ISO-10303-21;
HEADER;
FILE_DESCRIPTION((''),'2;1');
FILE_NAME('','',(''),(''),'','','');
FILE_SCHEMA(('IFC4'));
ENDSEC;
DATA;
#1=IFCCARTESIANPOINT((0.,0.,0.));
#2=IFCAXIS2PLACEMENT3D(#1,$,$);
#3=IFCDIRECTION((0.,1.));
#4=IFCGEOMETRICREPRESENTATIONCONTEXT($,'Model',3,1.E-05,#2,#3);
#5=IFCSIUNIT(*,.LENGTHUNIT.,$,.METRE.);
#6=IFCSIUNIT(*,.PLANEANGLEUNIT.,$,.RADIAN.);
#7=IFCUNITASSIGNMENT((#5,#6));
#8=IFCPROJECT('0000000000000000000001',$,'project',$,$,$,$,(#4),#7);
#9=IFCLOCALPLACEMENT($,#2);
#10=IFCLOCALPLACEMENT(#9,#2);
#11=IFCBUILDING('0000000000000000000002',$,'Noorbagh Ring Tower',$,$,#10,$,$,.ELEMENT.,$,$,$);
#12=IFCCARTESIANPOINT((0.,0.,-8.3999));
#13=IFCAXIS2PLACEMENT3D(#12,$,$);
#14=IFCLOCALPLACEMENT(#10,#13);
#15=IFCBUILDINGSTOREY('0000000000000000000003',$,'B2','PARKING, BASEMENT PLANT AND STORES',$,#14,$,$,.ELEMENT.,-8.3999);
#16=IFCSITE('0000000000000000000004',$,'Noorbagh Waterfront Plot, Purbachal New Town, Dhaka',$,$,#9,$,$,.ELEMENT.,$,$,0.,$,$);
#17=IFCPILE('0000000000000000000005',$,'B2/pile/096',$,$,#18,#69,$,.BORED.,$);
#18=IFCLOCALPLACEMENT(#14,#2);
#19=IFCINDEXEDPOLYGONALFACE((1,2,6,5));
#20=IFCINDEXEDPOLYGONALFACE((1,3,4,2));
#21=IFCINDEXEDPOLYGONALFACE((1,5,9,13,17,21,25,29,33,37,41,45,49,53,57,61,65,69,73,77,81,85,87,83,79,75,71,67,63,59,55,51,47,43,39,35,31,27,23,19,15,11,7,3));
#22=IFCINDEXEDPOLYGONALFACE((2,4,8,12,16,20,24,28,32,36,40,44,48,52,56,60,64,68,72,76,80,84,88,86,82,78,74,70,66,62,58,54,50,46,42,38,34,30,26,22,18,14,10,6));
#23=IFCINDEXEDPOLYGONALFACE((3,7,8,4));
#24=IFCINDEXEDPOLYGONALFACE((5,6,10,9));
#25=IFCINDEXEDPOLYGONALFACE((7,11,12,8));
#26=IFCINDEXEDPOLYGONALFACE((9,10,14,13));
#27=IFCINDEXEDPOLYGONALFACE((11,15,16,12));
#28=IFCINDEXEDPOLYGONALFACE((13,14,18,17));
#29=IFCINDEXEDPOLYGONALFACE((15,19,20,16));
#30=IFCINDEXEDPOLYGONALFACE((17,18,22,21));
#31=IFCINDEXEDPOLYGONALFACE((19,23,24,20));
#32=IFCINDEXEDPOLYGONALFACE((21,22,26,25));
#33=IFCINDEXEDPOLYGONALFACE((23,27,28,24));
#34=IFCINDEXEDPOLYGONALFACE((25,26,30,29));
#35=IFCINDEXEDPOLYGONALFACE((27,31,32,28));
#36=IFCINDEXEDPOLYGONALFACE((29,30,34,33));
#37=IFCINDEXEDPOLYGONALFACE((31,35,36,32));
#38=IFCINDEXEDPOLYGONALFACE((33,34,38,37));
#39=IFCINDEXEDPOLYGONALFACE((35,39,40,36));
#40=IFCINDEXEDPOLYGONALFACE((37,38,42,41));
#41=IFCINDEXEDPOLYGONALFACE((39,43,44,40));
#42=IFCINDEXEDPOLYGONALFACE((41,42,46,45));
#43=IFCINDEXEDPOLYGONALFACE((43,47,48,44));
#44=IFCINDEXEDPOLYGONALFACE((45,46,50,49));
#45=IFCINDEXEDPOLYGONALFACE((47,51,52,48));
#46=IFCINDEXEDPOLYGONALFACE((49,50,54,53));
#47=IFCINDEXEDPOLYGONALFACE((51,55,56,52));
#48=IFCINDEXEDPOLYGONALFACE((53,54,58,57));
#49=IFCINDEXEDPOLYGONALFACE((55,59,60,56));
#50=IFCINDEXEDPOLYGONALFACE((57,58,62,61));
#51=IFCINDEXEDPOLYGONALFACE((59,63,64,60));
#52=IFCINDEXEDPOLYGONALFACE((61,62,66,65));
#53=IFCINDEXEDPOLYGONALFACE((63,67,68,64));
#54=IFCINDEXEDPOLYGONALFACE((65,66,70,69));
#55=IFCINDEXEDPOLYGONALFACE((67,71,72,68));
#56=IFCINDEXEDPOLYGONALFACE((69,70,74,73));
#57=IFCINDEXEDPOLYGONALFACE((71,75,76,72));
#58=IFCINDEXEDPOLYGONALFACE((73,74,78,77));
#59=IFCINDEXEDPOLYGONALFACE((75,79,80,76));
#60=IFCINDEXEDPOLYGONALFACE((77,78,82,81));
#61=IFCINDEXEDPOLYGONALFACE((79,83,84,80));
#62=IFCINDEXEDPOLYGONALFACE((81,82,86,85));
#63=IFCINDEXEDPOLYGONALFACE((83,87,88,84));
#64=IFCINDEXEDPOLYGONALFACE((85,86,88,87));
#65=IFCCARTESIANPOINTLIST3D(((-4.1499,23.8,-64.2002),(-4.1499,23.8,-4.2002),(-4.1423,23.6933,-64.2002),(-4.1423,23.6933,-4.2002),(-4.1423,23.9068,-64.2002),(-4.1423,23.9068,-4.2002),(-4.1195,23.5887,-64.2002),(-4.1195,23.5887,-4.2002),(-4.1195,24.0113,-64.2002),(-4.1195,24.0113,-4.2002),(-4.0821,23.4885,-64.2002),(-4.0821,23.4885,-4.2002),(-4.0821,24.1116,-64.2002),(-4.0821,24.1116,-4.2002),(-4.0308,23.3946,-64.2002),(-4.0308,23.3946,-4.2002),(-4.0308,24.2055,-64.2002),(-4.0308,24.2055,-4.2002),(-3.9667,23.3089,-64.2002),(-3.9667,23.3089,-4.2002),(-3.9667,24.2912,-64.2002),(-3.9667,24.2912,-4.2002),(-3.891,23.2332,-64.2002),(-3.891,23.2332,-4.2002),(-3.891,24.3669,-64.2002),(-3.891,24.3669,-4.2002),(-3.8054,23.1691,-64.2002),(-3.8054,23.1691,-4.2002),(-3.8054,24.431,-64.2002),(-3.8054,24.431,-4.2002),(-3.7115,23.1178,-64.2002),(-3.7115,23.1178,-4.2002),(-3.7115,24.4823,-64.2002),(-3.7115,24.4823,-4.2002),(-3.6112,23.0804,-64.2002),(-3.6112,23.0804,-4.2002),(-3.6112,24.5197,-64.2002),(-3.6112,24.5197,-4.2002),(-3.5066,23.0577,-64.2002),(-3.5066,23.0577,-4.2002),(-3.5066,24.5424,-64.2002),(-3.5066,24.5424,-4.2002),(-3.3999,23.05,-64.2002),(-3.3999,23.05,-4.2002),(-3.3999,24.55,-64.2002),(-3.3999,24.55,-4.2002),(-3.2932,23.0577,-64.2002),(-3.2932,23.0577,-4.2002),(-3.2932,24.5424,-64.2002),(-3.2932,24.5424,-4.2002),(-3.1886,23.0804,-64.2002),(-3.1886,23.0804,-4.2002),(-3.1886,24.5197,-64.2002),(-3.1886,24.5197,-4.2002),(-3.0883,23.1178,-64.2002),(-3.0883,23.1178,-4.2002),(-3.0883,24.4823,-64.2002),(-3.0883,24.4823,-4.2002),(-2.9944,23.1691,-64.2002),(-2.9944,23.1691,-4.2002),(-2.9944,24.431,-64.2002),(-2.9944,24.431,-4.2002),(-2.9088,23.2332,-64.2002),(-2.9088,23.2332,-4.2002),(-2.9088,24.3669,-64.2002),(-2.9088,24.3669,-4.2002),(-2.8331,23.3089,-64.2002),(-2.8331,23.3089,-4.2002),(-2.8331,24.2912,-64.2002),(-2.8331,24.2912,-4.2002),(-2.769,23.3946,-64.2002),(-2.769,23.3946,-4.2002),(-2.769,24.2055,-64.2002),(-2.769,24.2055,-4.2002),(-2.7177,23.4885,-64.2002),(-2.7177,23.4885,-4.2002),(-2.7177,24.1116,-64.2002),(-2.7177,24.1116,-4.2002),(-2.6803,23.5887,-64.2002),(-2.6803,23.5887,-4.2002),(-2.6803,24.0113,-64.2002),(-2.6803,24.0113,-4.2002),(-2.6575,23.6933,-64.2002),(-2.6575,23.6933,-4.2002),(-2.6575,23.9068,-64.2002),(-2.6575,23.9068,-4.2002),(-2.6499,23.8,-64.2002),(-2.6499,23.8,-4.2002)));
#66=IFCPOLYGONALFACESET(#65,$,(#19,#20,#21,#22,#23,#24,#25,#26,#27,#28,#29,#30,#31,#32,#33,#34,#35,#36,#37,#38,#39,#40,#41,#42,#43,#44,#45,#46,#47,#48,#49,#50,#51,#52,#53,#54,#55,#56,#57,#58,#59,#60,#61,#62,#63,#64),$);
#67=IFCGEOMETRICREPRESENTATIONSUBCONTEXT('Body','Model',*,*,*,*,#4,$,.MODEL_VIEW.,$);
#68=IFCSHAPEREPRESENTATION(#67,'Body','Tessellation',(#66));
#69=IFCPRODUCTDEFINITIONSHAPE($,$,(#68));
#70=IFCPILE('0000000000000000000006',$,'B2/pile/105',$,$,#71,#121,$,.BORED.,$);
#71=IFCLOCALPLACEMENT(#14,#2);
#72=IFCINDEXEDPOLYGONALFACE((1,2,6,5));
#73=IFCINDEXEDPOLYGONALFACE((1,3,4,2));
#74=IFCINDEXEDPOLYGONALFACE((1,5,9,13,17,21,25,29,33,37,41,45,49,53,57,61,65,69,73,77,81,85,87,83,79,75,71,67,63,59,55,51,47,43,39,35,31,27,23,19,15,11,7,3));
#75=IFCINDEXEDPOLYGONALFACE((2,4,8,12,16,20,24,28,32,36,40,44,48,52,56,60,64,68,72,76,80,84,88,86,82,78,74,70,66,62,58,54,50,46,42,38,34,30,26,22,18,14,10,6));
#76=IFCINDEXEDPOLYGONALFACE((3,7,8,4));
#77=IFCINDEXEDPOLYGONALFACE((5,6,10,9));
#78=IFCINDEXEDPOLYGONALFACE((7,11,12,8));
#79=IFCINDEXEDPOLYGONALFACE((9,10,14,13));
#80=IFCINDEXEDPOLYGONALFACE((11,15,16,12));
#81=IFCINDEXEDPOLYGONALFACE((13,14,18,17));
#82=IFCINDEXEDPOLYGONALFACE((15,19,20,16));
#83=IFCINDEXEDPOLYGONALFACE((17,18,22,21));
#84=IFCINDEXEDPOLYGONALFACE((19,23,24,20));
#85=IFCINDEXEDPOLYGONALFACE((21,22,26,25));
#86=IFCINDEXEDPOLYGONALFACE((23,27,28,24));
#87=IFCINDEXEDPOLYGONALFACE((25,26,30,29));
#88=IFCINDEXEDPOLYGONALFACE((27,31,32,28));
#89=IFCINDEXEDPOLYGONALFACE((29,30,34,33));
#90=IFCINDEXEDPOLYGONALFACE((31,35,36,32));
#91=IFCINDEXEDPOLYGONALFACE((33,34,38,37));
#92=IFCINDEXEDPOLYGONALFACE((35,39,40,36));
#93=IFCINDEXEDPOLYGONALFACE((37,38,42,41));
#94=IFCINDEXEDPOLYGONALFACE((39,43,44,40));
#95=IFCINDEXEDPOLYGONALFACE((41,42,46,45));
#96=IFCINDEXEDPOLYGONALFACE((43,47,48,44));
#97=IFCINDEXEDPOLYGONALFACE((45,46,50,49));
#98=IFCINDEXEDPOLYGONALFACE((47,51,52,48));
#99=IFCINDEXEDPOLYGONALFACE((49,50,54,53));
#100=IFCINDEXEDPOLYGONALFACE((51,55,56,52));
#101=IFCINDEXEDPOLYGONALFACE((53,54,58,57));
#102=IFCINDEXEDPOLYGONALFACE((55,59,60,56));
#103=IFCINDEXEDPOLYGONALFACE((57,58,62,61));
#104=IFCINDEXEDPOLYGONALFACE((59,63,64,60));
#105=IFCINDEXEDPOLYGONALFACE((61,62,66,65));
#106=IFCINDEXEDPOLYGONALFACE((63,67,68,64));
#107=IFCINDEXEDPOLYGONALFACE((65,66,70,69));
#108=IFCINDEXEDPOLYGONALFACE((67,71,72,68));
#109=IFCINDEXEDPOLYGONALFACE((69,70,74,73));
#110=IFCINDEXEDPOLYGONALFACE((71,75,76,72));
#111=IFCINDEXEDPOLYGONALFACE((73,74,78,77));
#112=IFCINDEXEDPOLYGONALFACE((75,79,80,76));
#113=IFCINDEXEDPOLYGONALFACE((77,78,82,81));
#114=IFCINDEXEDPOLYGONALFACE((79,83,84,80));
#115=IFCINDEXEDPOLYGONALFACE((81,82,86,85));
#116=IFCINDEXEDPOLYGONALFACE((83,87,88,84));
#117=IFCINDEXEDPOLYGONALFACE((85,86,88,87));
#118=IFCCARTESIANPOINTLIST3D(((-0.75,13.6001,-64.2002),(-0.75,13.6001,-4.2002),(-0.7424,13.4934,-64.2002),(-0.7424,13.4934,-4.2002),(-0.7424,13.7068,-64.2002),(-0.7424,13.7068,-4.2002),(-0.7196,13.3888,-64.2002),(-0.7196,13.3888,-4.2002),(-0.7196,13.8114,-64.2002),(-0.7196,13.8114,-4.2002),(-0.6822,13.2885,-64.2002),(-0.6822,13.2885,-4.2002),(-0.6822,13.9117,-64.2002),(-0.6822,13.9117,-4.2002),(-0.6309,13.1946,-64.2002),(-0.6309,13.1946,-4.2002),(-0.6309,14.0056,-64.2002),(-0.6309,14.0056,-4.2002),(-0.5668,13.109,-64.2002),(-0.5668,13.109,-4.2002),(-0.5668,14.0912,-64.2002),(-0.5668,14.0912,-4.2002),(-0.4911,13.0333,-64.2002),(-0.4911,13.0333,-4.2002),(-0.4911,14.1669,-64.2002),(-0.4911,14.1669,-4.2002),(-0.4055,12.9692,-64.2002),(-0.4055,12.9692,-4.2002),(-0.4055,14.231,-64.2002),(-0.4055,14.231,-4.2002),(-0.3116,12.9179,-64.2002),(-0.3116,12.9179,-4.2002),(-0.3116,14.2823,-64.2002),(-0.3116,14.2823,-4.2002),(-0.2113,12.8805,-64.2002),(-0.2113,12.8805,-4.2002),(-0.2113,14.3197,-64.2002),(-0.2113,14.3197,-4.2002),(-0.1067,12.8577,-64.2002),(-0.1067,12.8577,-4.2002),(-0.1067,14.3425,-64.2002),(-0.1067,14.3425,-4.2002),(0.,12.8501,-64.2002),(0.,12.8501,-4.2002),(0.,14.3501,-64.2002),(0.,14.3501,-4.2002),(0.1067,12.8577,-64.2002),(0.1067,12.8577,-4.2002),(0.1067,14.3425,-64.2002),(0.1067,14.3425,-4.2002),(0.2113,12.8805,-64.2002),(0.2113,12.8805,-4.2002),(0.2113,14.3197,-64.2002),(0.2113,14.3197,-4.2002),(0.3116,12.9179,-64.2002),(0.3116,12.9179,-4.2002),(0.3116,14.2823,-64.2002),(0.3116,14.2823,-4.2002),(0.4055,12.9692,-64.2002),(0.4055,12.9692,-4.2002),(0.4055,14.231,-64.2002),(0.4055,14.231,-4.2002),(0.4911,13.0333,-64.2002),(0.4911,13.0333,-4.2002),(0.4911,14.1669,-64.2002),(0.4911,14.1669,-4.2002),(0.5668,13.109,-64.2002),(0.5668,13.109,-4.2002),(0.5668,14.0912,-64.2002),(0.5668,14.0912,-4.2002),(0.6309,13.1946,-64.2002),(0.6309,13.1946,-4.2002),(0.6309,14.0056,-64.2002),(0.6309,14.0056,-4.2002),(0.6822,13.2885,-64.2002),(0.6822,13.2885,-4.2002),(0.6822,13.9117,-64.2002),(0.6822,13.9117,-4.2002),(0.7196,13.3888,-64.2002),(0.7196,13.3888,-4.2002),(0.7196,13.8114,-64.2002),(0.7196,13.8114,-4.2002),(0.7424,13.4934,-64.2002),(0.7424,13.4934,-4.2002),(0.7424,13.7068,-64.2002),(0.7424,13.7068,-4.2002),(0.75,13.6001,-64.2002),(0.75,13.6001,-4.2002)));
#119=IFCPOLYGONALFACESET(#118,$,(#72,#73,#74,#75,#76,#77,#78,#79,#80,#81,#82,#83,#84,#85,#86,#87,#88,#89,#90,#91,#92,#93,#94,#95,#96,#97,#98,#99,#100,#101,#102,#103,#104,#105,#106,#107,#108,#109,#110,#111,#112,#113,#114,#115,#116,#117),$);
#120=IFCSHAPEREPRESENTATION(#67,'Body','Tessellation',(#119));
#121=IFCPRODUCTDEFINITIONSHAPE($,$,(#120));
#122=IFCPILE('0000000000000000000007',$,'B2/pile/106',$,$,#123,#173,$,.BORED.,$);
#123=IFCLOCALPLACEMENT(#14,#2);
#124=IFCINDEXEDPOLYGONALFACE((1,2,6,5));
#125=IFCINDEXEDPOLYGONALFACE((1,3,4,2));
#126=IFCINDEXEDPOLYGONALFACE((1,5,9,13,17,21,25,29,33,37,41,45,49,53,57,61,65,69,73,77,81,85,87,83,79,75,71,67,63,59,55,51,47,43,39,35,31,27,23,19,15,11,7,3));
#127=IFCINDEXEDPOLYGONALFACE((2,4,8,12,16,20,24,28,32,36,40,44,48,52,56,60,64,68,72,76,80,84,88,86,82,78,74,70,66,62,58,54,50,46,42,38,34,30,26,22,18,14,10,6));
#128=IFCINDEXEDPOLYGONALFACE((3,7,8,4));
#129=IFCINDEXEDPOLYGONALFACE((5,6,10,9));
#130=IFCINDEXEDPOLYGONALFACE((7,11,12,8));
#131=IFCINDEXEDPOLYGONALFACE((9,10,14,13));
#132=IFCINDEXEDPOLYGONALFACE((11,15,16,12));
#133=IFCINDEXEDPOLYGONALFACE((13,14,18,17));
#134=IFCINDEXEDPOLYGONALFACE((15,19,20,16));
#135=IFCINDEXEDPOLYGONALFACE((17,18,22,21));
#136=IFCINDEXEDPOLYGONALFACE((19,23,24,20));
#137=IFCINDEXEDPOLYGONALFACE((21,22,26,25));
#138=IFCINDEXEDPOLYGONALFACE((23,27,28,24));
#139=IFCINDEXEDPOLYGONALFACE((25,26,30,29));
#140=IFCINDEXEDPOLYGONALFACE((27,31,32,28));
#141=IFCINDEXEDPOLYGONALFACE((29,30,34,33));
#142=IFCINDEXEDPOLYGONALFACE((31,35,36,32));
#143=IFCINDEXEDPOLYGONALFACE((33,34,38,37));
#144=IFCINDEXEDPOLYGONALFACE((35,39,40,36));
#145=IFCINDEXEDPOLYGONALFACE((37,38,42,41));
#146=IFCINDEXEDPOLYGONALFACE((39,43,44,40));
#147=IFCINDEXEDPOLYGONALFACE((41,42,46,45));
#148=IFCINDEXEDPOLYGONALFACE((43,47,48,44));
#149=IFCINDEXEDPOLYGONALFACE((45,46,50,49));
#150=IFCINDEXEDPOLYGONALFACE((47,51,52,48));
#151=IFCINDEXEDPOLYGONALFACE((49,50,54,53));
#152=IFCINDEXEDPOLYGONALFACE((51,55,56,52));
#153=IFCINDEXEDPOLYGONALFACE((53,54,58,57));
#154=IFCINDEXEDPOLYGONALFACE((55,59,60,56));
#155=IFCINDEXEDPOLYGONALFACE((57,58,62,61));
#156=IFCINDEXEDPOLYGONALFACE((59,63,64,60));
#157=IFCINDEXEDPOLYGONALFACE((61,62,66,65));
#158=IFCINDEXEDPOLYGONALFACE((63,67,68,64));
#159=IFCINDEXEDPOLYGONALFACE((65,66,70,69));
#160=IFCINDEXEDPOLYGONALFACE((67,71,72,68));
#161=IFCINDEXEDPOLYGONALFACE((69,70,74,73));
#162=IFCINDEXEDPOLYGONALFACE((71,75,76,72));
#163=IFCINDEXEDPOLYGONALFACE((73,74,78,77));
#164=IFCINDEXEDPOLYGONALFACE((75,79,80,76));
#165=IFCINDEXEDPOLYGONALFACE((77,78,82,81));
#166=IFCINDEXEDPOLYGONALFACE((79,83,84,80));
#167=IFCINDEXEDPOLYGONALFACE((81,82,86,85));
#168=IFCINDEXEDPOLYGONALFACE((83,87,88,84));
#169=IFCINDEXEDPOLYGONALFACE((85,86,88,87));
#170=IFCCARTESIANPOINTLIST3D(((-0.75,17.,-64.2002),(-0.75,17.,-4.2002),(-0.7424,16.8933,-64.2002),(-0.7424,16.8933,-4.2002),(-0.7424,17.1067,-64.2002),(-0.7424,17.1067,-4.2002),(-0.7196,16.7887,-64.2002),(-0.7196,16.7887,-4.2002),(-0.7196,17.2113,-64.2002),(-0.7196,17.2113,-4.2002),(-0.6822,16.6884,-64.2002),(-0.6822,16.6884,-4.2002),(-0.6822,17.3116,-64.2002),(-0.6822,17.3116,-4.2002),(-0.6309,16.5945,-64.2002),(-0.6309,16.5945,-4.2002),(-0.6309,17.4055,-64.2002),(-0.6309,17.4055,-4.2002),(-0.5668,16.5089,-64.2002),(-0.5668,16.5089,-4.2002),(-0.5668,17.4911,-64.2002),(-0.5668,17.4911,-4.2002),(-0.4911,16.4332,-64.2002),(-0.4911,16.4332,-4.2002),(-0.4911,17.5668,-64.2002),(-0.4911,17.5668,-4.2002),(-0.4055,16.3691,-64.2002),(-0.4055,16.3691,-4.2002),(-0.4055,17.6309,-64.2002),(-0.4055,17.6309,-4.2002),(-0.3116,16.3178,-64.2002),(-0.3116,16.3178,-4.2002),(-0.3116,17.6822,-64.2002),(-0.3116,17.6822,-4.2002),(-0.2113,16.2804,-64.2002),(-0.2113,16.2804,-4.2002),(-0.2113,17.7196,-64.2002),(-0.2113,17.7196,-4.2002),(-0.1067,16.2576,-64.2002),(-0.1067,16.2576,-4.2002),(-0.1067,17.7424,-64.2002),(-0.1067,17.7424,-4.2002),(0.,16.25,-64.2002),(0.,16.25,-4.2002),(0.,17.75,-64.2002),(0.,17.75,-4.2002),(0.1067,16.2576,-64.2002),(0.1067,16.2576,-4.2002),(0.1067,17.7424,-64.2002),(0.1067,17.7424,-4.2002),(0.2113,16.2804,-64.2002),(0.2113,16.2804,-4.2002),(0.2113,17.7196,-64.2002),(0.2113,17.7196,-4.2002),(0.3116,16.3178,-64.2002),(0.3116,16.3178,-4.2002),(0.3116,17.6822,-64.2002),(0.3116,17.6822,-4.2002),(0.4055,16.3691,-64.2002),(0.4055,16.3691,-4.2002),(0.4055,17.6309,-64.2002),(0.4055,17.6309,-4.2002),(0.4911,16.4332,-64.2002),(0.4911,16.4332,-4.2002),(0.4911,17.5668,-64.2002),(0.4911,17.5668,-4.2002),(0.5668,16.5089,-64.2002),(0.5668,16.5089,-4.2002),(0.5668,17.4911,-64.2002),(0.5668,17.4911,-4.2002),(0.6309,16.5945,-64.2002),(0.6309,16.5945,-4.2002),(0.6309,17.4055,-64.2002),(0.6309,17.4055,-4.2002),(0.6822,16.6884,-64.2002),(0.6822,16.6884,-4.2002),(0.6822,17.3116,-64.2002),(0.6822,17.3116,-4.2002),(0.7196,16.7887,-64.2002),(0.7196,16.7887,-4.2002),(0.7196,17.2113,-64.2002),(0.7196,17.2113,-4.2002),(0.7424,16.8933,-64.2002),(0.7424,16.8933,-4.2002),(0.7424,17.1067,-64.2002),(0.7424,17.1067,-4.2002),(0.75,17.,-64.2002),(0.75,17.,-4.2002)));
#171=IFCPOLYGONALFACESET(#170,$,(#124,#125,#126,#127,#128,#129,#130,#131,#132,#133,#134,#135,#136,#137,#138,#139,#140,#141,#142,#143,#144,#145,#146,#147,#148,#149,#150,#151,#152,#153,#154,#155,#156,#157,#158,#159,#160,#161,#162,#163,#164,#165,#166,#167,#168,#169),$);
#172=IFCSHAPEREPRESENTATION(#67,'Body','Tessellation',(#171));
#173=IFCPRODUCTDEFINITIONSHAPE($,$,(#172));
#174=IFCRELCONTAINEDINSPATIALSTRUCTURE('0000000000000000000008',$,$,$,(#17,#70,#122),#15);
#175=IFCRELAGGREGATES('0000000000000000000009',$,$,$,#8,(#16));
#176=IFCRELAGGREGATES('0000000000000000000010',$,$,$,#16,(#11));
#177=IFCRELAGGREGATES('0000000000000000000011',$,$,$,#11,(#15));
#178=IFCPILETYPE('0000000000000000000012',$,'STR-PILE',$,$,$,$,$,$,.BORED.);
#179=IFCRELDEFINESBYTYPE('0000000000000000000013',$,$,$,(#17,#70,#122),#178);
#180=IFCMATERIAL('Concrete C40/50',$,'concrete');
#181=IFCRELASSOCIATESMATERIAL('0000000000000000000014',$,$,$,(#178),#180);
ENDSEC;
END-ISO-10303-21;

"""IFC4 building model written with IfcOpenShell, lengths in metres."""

from ifc_helpers import new_model, si_unit, direction, frame, origin, origin_2d, place, context, subcontext, project, spatial, circle, extrude, material, material_profile, profile_set, type_object, element, save


model = new_model("IFC4")

# Units and contexts
model_context = context("Model", 3, precision=1e-05, world=origin(), true_north=direction((0.0, 1.0)))
body_context = subcontext(model_context, "Body", "Model", "MODEL_VIEW")
ifc_project = project(units=[si_unit("LENGTHUNIT", "METRE"), si_unit("PLANEANGLEUNIT", "RADIAN")], contexts=[model_context])

# Site, building, storey
site_placement = place(None, origin())
site = spatial("IfcSite", under=ifc_project, at=site_placement, Name="Noorbagh Waterfront Plot, Purbachal New Town, Dhaka", CompositionType="ELEMENT", RefElevation=0.0)
building_placement = place(site_placement, origin())
building = spatial("IfcBuilding", under=site, at=building_placement, Name="Noorbagh Ring Tower", CompositionType="ELEMENT")
storey_placement = place(building_placement, frame((0.0, 0.0, -8.3999)))
storey = spatial("IfcBuildingStorey", under=building, at=storey_placement, Name="B2", Description="PARKING, BASEMENT PLANT AND STORES", CompositionType="ELEMENT", Elevation=-8.3999)

# Piles
ifc_material_1 = material(Name="Concrete C40/50", Category="concrete")
ifc_material_profile_1 = material_profile(ifc_material_1, circle(Radius=0.75, at=origin_2d()), Name="PILE1500")
ifc_profile_set_1 = profile_set([ifc_material_profile_1], Name="Concrete C40/50")
pile_type = type_object("IfcPileType", Name="STR-PILE", PredefinedType="BORED", material=ifc_profile_set_1)
for number, where, z_axis, x_axis, name in (
    (1, (-3.3999, 23.8, -4.2002), (0.0, 0.0, -1.0), (1.0, 0.0, 0.0), "B2/pile/096"),
    (2, (0.0, 13.6001, -4.2002), (0.0, 0.0, -1.0), (1.0, 0.0, 0.0), "B2/pile/105"),
    (3, (0.0, 17.0, -4.2002), (0.0, 0.0, -1.0), (1.0, 0.0, 0.0), "B2/pile/106"),
):
    element("IfcPile", number, at=place(storey_placement, frame(where, z_axis=z_axis, x_axis=x_axis)), inside=storey, type_object=pile_type, Name=name, PredefinedType="BORED", context=body_context, shape_type="SweptSolid", body=[
        extrude(circle(Radius=0.75, at=origin_2d()), origin(), (0.0, 0.0, 1.0), 60.0),
    ])

save(model, "model.ifc")
